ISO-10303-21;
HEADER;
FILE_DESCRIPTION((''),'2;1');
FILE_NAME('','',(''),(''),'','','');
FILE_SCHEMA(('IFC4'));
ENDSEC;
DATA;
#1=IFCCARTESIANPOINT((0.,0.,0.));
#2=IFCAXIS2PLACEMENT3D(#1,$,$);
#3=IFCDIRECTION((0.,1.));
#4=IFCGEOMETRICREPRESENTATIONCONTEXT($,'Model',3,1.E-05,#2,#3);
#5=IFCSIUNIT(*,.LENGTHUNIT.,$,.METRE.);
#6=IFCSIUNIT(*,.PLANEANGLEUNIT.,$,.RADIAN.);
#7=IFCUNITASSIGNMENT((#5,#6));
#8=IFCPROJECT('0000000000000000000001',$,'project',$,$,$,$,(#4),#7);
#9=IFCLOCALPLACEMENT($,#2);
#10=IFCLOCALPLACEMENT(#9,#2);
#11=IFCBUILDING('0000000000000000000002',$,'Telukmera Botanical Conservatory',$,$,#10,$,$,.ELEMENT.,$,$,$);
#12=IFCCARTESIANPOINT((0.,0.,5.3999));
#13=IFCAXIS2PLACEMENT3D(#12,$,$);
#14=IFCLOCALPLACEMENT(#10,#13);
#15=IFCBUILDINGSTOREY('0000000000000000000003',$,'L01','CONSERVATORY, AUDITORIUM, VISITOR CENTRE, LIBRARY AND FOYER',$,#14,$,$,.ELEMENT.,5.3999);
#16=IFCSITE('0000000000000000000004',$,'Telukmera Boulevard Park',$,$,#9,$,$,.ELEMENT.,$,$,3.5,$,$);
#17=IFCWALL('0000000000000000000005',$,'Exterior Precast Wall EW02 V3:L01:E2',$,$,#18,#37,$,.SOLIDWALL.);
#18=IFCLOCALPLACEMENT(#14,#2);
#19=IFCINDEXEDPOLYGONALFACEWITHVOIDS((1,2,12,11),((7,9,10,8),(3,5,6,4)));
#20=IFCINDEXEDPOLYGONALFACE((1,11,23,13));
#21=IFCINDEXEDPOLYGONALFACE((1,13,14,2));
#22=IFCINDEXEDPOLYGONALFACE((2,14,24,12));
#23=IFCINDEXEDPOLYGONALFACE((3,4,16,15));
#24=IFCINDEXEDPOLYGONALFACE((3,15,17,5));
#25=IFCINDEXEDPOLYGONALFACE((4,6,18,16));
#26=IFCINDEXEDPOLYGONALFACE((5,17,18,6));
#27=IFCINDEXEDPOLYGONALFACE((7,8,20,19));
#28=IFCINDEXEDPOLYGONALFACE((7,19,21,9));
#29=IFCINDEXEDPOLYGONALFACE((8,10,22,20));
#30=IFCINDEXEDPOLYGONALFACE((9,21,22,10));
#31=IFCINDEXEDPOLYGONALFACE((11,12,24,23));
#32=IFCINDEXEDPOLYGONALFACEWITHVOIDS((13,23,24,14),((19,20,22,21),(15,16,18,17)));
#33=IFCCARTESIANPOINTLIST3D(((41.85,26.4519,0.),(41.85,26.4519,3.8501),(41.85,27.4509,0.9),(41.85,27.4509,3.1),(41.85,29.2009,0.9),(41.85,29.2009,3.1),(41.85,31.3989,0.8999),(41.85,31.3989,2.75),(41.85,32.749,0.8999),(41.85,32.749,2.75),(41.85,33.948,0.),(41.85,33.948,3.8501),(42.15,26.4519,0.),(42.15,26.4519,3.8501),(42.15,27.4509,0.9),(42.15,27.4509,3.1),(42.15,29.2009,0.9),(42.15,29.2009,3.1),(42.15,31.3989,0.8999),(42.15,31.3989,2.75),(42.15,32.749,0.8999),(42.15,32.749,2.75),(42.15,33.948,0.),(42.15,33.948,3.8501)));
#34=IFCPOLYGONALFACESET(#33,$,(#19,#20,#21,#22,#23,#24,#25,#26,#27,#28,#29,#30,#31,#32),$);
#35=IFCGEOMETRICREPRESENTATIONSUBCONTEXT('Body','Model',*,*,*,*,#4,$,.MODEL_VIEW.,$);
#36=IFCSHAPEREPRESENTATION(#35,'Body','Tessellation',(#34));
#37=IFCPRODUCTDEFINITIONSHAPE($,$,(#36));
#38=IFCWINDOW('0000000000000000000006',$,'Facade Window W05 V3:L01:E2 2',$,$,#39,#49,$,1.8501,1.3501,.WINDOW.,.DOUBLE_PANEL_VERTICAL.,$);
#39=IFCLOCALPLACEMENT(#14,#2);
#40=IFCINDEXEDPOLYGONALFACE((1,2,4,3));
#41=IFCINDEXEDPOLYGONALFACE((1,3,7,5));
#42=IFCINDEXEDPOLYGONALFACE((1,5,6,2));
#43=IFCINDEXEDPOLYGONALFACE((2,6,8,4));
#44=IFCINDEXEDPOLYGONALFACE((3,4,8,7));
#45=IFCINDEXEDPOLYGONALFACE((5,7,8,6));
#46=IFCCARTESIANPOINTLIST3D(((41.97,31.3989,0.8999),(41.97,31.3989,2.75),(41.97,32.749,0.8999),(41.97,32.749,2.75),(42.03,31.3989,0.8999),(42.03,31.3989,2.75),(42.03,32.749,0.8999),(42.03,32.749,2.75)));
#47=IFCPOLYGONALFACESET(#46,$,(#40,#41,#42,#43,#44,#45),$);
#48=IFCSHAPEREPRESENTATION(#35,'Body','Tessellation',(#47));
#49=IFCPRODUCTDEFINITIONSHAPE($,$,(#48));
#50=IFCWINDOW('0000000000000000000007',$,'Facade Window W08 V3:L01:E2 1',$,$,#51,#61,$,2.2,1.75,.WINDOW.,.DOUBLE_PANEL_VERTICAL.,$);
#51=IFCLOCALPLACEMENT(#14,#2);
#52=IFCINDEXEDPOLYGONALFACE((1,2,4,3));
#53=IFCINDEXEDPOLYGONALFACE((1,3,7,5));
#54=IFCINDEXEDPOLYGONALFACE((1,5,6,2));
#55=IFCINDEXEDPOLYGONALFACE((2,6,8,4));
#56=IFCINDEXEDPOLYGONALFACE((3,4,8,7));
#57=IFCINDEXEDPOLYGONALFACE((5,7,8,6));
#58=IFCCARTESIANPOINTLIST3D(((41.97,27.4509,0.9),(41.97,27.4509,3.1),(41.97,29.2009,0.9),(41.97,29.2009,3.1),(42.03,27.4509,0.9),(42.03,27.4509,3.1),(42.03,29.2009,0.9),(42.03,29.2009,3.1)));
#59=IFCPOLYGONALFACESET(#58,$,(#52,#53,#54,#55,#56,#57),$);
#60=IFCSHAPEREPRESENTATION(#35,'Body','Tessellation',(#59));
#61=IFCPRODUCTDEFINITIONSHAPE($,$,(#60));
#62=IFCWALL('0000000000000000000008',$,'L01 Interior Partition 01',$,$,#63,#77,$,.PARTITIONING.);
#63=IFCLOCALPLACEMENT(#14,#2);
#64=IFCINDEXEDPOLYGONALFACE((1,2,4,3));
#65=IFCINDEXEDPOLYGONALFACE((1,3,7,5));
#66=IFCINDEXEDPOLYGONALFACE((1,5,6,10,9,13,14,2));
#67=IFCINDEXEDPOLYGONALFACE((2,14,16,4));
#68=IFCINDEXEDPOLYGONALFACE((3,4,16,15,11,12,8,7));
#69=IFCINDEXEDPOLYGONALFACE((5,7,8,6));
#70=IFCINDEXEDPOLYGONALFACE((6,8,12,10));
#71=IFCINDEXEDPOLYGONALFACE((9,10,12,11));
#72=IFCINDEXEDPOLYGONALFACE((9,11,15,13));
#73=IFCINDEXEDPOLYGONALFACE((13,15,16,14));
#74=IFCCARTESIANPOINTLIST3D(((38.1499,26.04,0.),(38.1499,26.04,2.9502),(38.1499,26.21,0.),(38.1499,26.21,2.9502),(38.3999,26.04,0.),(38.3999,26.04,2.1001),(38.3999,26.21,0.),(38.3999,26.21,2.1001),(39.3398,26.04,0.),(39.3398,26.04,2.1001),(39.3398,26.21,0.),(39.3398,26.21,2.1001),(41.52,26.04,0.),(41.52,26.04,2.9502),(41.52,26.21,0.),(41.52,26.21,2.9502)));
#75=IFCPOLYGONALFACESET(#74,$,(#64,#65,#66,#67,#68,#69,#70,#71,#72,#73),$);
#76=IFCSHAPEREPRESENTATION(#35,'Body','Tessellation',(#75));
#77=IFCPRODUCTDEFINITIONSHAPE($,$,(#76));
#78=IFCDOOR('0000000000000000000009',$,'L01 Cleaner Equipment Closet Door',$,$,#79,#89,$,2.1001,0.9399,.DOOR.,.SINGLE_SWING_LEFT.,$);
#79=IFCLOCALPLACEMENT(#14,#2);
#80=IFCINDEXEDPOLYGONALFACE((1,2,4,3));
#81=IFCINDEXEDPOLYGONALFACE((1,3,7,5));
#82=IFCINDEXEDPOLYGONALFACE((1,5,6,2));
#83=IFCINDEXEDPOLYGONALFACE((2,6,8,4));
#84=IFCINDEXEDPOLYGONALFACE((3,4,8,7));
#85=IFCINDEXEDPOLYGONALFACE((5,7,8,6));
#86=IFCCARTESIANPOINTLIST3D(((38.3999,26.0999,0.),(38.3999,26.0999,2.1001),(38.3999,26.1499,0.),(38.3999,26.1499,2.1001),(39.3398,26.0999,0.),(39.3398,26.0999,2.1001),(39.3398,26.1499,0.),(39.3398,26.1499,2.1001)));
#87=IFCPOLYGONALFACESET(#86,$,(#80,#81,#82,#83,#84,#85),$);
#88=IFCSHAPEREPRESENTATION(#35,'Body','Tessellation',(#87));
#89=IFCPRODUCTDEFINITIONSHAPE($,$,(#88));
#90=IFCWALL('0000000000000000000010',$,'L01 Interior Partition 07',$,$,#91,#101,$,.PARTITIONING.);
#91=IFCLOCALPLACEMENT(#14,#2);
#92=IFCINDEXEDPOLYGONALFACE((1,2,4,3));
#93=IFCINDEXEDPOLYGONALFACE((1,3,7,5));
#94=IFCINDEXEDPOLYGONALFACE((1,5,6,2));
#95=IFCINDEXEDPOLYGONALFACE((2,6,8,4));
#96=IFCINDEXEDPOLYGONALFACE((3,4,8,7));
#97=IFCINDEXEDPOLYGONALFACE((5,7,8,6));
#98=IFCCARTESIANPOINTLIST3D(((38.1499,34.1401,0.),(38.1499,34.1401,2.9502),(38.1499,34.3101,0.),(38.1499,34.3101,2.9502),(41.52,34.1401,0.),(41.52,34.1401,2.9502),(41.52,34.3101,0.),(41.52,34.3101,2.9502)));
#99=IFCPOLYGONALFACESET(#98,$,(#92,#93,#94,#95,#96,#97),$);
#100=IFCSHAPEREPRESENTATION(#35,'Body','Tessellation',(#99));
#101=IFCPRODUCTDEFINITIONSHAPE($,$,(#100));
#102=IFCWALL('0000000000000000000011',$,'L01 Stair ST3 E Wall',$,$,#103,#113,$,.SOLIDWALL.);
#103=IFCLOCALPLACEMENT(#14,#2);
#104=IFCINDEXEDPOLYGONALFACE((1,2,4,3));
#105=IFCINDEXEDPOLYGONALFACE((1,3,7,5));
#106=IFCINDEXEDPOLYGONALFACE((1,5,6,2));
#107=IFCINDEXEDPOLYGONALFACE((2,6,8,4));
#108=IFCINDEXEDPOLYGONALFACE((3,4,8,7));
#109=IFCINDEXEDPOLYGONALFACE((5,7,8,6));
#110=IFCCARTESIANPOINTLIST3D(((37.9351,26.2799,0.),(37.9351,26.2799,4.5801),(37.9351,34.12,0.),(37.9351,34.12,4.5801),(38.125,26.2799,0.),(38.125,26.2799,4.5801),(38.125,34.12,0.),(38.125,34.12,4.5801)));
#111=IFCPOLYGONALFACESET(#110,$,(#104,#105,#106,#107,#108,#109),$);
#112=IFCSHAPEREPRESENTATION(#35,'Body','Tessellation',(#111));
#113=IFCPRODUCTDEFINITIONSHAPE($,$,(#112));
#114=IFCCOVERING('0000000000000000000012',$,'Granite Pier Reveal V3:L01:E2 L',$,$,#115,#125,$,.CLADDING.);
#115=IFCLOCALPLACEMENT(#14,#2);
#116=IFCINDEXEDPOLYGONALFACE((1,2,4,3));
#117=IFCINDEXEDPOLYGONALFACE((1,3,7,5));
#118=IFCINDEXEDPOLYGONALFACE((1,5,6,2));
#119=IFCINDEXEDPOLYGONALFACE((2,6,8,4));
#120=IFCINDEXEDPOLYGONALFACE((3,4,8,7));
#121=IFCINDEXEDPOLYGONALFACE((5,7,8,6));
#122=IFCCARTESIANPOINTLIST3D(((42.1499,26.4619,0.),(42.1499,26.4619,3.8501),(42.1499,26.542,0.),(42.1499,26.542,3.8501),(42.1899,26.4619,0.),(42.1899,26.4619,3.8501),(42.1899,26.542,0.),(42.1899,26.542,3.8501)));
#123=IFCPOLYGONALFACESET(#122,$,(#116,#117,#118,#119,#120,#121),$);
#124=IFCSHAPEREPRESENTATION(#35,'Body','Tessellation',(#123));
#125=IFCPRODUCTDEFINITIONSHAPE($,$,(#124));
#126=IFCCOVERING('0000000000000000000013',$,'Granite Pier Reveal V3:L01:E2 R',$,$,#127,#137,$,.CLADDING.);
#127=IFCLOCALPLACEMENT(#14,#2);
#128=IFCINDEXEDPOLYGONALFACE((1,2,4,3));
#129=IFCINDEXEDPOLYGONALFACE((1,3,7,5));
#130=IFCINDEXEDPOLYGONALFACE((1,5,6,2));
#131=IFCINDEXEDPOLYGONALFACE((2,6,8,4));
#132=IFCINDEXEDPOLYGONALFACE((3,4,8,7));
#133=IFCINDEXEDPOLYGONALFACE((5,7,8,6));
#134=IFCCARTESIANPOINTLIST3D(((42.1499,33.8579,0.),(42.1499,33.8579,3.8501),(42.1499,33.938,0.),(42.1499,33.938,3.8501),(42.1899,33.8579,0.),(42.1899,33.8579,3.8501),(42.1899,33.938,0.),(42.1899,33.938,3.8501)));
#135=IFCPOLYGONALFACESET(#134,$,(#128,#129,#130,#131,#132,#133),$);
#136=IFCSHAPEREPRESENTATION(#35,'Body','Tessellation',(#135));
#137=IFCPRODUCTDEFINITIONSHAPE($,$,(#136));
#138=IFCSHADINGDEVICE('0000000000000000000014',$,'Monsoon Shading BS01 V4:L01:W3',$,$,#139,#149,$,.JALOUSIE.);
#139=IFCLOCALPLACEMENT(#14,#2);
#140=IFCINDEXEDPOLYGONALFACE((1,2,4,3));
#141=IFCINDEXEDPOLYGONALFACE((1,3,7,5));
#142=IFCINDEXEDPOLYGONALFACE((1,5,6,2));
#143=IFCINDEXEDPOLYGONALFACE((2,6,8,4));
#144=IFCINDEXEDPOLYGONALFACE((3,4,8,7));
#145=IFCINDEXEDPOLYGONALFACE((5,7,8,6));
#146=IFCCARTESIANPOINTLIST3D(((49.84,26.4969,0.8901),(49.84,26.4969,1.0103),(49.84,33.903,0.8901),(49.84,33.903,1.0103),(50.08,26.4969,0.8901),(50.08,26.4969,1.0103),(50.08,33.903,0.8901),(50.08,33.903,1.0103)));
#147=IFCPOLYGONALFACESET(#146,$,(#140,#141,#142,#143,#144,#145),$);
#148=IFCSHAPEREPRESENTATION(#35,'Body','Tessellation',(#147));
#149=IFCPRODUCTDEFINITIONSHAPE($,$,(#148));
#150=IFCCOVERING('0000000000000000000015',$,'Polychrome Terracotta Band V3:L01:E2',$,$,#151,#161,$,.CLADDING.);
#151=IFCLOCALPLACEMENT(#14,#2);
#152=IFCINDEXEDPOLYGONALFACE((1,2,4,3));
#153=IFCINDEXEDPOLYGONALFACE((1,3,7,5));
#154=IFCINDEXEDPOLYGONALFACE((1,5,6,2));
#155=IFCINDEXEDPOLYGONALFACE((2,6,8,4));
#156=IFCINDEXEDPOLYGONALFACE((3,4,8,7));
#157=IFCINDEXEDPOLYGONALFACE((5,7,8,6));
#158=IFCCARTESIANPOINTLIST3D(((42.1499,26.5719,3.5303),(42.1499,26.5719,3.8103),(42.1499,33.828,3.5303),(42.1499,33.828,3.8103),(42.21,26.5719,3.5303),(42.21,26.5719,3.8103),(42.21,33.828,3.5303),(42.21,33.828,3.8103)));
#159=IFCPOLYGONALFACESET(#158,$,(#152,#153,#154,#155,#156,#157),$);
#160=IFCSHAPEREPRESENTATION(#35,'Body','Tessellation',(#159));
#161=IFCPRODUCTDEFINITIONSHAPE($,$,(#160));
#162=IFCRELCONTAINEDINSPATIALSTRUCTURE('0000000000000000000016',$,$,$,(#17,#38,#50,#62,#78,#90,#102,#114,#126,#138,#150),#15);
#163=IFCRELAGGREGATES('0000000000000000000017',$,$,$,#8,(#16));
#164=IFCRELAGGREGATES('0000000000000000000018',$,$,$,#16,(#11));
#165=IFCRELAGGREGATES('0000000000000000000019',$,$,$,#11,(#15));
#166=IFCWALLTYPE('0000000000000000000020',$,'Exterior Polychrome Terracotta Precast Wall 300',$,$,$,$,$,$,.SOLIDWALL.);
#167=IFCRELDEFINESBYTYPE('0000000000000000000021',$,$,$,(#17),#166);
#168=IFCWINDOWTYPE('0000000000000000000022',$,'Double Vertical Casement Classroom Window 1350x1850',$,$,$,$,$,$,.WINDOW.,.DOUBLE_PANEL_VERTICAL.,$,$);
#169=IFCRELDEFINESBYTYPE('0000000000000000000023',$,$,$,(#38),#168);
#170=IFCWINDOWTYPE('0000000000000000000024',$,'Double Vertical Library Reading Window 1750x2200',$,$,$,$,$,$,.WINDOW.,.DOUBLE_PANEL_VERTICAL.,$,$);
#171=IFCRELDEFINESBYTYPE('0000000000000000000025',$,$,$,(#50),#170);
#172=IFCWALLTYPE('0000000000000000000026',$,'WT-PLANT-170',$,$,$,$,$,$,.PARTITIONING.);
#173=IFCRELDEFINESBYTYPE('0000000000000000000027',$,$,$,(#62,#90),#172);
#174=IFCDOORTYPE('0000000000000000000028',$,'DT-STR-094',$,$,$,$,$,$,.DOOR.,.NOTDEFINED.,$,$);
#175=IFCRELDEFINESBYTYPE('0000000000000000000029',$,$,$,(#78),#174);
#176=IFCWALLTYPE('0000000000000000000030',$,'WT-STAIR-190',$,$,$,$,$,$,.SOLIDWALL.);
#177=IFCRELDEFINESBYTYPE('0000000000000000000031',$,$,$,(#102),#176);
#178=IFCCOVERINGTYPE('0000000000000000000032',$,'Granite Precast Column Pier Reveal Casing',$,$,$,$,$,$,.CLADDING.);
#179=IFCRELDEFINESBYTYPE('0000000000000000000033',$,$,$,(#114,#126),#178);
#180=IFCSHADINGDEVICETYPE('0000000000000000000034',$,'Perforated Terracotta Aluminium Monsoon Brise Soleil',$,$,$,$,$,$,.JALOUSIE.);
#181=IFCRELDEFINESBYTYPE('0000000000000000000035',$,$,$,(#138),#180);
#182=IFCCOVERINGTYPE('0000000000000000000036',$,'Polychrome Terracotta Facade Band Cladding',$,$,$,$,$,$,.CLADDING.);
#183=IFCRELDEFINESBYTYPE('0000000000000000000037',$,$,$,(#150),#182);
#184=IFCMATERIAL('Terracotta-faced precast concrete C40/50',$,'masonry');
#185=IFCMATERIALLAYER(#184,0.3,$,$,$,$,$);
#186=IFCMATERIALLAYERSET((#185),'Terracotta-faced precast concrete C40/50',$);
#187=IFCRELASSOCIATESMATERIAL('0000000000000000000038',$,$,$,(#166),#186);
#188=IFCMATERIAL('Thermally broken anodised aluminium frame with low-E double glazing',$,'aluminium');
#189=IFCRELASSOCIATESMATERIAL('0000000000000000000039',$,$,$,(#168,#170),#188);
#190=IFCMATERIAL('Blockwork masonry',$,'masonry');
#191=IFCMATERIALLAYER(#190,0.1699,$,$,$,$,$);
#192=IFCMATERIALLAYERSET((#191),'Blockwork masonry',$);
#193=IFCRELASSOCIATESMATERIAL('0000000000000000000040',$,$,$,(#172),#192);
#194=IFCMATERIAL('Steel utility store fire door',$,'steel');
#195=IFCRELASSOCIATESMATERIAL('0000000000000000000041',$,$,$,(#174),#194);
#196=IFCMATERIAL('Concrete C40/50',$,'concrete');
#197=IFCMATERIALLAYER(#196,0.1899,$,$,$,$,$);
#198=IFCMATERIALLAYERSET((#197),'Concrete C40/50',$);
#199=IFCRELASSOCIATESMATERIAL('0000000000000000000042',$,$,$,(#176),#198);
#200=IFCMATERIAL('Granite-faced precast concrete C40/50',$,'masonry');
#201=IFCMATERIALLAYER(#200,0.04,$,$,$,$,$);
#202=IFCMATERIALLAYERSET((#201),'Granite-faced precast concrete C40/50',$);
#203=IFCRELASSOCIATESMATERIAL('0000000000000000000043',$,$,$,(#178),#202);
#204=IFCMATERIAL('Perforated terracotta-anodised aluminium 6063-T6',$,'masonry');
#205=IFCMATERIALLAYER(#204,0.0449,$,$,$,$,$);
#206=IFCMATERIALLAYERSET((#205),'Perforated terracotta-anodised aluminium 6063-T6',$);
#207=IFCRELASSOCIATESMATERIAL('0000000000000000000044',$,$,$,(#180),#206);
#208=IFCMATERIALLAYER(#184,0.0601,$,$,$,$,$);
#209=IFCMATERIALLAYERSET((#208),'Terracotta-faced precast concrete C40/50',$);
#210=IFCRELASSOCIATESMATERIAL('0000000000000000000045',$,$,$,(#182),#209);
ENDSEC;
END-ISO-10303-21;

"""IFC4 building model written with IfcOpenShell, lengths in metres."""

from ifc_helpers import new_model, si_unit, direction, frame, frame_2d, origin, origin_2d, place, context, subcontext, project, spatial, rectangle, extrude, material, layer, layer_set, type_object, element, fill, save


model = new_model("IFC4")

# Units and contexts
model_context = context("Model", 3, precision=1e-05, world=origin(), true_north=direction((0.0, 1.0)))
body_context = subcontext(model_context, "Body", "Model", "MODEL_VIEW")
ifc_project = project(units=[si_unit("LENGTHUNIT", "METRE"), si_unit("PLANEANGLEUNIT", "RADIAN")], contexts=[model_context])

# Site, building, storey
site_placement = place(None, origin())
site = spatial("IfcSite", under=ifc_project, at=site_placement, Name="Telukmera Boulevard Park", CompositionType="ELEMENT", RefElevation=3.5)
building_placement = place(site_placement, origin())
building = spatial("IfcBuilding", under=site, at=building_placement, Name="Telukmera Botanical Conservatory", CompositionType="ELEMENT")
storey_placement = place(building_placement, frame((0.0, 0.0, 5.3999)))
storey = spatial("IfcBuildingStorey", under=building, at=storey_placement, Name="L01", Description="CONSERVATORY, AUDITORIUM, VISITOR CENTRE, LIBRARY AND FOYER", CompositionType="ELEMENT", Elevation=5.3999)

# Shared definitions
ifc_material_1 = material(Name="Concrete C40/50", Category="concrete")

# Wall, openings, windows
ifc_material_2 = material(Name="Terracotta-faced precast concrete C40/50", Category="masonry")
ifc_layer_1 = layer(ifc_material_2, 0.3)
ifc_layer_set_1 = layer_set([ifc_layer_1], Name="Terracotta-faced precast concrete C40/50")
wall_type_1 = type_object("IfcWallType", Name="Exterior Polychrome Terracotta Precast Wall 300", PredefinedType="SOLIDWALL", material=ifc_layer_set_1)
wall_1_placement = place(storey_placement, frame((42.0, 26.4519, 0.0), z_axis=(0.0, 0.0, 1.0), x_axis=(0.0, 1.0, 0.0)))
wall_1 = element("IfcWall", 1, at=wall_1_placement, inside=storey, type_object=wall_type_1, Name="Exterior Precast Wall EW02 V3:L01:E2", PredefinedType="SOLIDWALL", context=body_context, shape_type="SweptSolid", body=[
    extrude(rectangle(XDim=7.4961, YDim=0.3, at=frame_2d((3.748, 0.0))), origin(), (0.0, 0.0, 1.0), 3.8501),
])
opening_1_placement = place(wall_1_placement, frame((0.999, 0.0, 0.8999)))
opening_1 = element("IfcOpeningElement", 2, at=opening_1_placement, cuts=wall_1, PredefinedType="OPENING", context=body_context, shape_type="SweptSolid", body=[
    extrude(rectangle(XDim=1.75, YDim=2.2, at=frame_2d((0.875, 1.1001))), frame((0.0, 0.1599, 0.0), z_axis=(0.0, -1.0, 0.0), x_axis=(1.0, 0.0, 0.0)), (0.0, 0.0, 1.0), 0.3201),
])
opening_2_placement = place(wall_1_placement, frame((4.947, 0.0, 0.8999)))
opening_2 = element("IfcOpeningElement", 3, at=opening_2_placement, cuts=wall_1, PredefinedType="OPENING", context=body_context, shape_type="SweptSolid", body=[
    extrude(rectangle(XDim=1.3501, YDim=1.8501, at=frame_2d((0.675, 0.925))), frame((0.0, 0.1599, 0.0), z_axis=(0.0, -1.0, 0.0), x_axis=(1.0, 0.0, 0.0)), (0.0, 0.0, 1.0), 0.3201),
])
ifc_material_3 = material(Name="Thermally broken anodised aluminium frame with low-E double glazing", Category="aluminium")
window_type_1 = type_object("IfcWindowType", Name="Double Vertical Casement Classroom Window 1350x1850", PartitioningType="DOUBLE_PANEL_VERTICAL", PredefinedType="WINDOW", material=ifc_material_3)
window_1_placement = place(opening_2_placement, origin())
window_1 = element("IfcWindow", 4, at=window_1_placement, inside=storey, type_object=window_type_1, Name="Facade Window W05 V3:L01:E2 2", OverallHeight=1.8501, OverallWidth=1.3501, PartitioningType="DOUBLE_PANEL_VERTICAL", PredefinedType="WINDOW", context=body_context, shape_type="SweptSolid", body=[
    extrude(rectangle(XDim=1.3501, YDim=1.8501, at=frame_2d((0.675, 0.925))), frame((0.0, 0.03, 0.0), z_axis=(0.0, -1.0, 0.0), x_axis=(1.0, 0.0, 0.0)), (0.0, 0.0, 1.0), 0.0601),
])
fill(opening_2, window_1)
window_type_2 = type_object("IfcWindowType", Name="Double Vertical Library Reading Window 1750x2200", PartitioningType="DOUBLE_PANEL_VERTICAL", PredefinedType="WINDOW", material=ifc_material_3)
window_2_placement = place(opening_1_placement, origin())
window_2 = element("IfcWindow", 5, at=window_2_placement, inside=storey, type_object=window_type_2, Name="Facade Window W08 V3:L01:E2 1", OverallHeight=2.2, OverallWidth=1.75, PartitioningType="DOUBLE_PANEL_VERTICAL", PredefinedType="WINDOW", context=body_context, shape_type="SweptSolid", body=[
    extrude(rectangle(XDim=1.75, YDim=2.2, at=frame_2d((0.875, 1.1001))), frame((0.0, 0.03, 0.0), z_axis=(0.0, -1.0, 0.0), x_axis=(1.0, 0.0, 0.0)), (0.0, 0.0, 1.0), 0.0601),
])
fill(opening_1, window_2)

# Wall, opening, door
ifc_material_4 = material(Name="Blockwork masonry", Category="masonry")
ifc_layer_2 = layer(ifc_material_4, 0.1699)
ifc_layer_set_2 = layer_set([ifc_layer_2], Name="Blockwork masonry")
wall_type_2 = type_object("IfcWallType", Name="WT-PLANT-170", PredefinedType="PARTITIONING", material=ifc_layer_set_2)
wall_2_placement = place(storey_placement, frame((38.1499, 26.125, 0.0), z_axis=(0.0, 0.0, 1.0), x_axis=(1.0, 0.0, 0.0)))
wall_2 = element("IfcWall", 6, at=wall_2_placement, inside=storey, type_object=wall_type_2, Name="L01 Interior Partition 01", PredefinedType="PARTITIONING", context=body_context, shape_type="SweptSolid", body=[
    extrude(rectangle(XDim=3.3701, YDim=0.1699, at=frame_2d((1.6851, 0.0))), origin(), (0.0, 0.0, 1.0), 2.9502),
])
opening_3_placement = place(wall_2_placement, frame((0.25, 0.0, 0.0)))
opening_3 = element("IfcOpeningElement", 7, at=opening_3_placement, cuts=wall_2, PredefinedType="OPENING", context=body_context, shape_type="SweptSolid", body=[
    extrude(rectangle(XDim=0.9399, YDim=2.1001, at=frame_2d((0.47, 1.05))), frame((0.0, 0.095, 0.0), z_axis=(0.0, -1.0, 0.0), x_axis=(1.0, 0.0, 0.0)), (0.0, 0.0, 1.0), 0.1899),
])
ifc_material_5 = material(Name="Steel utility store fire door", Category="steel")
door_type = type_object("IfcDoorType", Name="DT-STR-094", OperationType="NOTDEFINED", PredefinedType="DOOR", material=ifc_material_5)
door_placement = place(opening_3_placement, origin())
door = element("IfcDoor", 8, at=door_placement, inside=storey, type_object=door_type, Name="L01 Cleaner Equipment Closet Door", OperationType="SINGLE_SWING_LEFT", OverallHeight=2.1001, OverallWidth=0.9399, PredefinedType="DOOR", context=body_context, shape_type="SweptSolid", body=[
    extrude(rectangle(XDim=0.9399, YDim=2.1001, at=frame_2d((0.47, 1.05))), frame((0.0, 0.0249, 0.0), z_axis=(0.0, -1.0, 0.0), x_axis=(1.0, 0.0, 0.0)), (0.0, 0.0, 1.0), 0.05),
])
fill(opening_3, door)

# Walls
wall_3_placement = place(storey_placement, frame((38.1499, 34.2251, 0.0), z_axis=(0.0, 0.0, 1.0), x_axis=(1.0, 0.0, 0.0)))
element("IfcWall", 9, at=wall_3_placement, inside=storey, type_object=wall_type_2, Name="L01 Interior Partition 07", PredefinedType="PARTITIONING", context=body_context, shape_type="SweptSolid", body=[
    extrude(rectangle(XDim=3.3701, YDim=0.1699, at=frame_2d((1.6851, 0.0))), origin(), (0.0, 0.0, 1.0), 2.9502),
])
ifc_layer_3 = layer(ifc_material_1, 0.1899)
ifc_layer_set_3 = layer_set([ifc_layer_3], Name="Concrete C40/50")
wall_type_3 = type_object("IfcWallType", Name="WT-STAIR-190", PredefinedType="SOLIDWALL", material=ifc_layer_set_3)
wall_4_placement = place(storey_placement, frame((38.03, 26.28, 0.0), z_axis=(0.0, 0.0, 1.0), x_axis=(0.0, 1.0, 0.0)))
element("IfcWall", 10, at=wall_4_placement, inside=storey, type_object=wall_type_3, Name="L01 Stair ST3 E Wall", PredefinedType="SOLIDWALL", context=body_context, shape_type="SweptSolid", body=[
    extrude(rectangle(XDim=7.8401, YDim=0.1899, at=frame_2d((3.9199, 0.0))), origin(), (0.0, 0.0, 1.0), 4.5801),
])

# Coverings
ifc_material_6 = material(Name="Granite-faced precast concrete C40/50", Category="masonry")
ifc_layer_4 = layer(ifc_material_6, 0.04)
ifc_layer_set_4 = layer_set([ifc_layer_4], Name="Granite-faced precast concrete C40/50")
covering_type_1 = type_object("IfcCoveringType", Name="Granite Precast Column Pier Reveal Casing", PredefinedType="CLADDING", material=ifc_layer_set_4)
for number, where, z_axis, x_axis, name in (
    (11, (42.1699, 26.502, 0.0), (0.0, 0.0, 1.0), (0.0, 1.0, 0.0), "Granite Pier Reveal V3:L01:E2 L"),
    (12, (42.1699, 33.8979, 0.0), (0.0, 0.0, 1.0), (0.0, 1.0, 0.0), "Granite Pier Reveal V3:L01:E2 R"),
):
    element("IfcCovering", number, at=place(storey_placement, frame(where, z_axis=z_axis, x_axis=x_axis)), inside=storey, type_object=covering_type_1, Name=name, PredefinedType="CLADDING", context=body_context, shape_type="SweptSolid", body=[
        extrude(rectangle(XDim=0.0801, YDim=0.04, at=origin_2d()), origin(), (0.0, 0.0, 1.0), 3.8501),
    ])

# Shading device
ifc_material_7 = material(Name="Perforated terracotta-anodised aluminium 6063-T6", Category="masonry")
ifc_layer_5 = layer(ifc_material_7, 0.0449)
ifc_layer_set_5 = layer_set([ifc_layer_5], Name="Perforated terracotta-anodised aluminium 6063-T6")
shading_device_type = type_object("IfcShadingDeviceType", Name="Perforated Terracotta Aluminium Monsoon Brise Soleil", PredefinedType="JALOUSIE", material=ifc_layer_set_5)
shading_device_placement = place(storey_placement, frame((49.96, 30.2, 0.8901), z_axis=(0.0, 0.0, 1.0), x_axis=(0.0, 1.0, 0.0)))
element("IfcShadingDevice", 13, at=shading_device_placement, inside=storey, type_object=shading_device_type, Name="Monsoon Shading BS01 V4:L01:W3", PredefinedType="JALOUSIE", context=body_context, shape_type="SweptSolid", body=[
    extrude(rectangle(XDim=7.406, YDim=0.24, at=origin_2d()), origin(), (0.0, 0.0, 1.0), 0.1201),
])

# Covering
ifc_layer_6 = layer(ifc_material_2, 0.0601)
ifc_layer_set_6 = layer_set([ifc_layer_6], Name="Terracotta-faced precast concrete C40/50")
covering_type_2 = type_object("IfcCoveringType", Name="Polychrome Terracotta Facade Band Cladding", PredefinedType="CLADDING", material=ifc_layer_set_6)
covering_placement = place(storey_placement, frame((42.1799, 30.2, 3.5303), z_axis=(0.0, 0.0, 1.0), x_axis=(0.0, 1.0, 0.0)))
element("IfcCovering", 14, at=covering_placement, inside=storey, type_object=covering_type_2, Name="Polychrome Terracotta Band V3:L01:E2", PredefinedType="CLADDING", context=body_context, shape_type="SweptSolid", body=[
    extrude(rectangle(XDim=7.2561, YDim=0.0601, at=origin_2d()), origin(), (0.0, 0.0, 1.0), 0.28),
])

save(model, "model.ifc")
